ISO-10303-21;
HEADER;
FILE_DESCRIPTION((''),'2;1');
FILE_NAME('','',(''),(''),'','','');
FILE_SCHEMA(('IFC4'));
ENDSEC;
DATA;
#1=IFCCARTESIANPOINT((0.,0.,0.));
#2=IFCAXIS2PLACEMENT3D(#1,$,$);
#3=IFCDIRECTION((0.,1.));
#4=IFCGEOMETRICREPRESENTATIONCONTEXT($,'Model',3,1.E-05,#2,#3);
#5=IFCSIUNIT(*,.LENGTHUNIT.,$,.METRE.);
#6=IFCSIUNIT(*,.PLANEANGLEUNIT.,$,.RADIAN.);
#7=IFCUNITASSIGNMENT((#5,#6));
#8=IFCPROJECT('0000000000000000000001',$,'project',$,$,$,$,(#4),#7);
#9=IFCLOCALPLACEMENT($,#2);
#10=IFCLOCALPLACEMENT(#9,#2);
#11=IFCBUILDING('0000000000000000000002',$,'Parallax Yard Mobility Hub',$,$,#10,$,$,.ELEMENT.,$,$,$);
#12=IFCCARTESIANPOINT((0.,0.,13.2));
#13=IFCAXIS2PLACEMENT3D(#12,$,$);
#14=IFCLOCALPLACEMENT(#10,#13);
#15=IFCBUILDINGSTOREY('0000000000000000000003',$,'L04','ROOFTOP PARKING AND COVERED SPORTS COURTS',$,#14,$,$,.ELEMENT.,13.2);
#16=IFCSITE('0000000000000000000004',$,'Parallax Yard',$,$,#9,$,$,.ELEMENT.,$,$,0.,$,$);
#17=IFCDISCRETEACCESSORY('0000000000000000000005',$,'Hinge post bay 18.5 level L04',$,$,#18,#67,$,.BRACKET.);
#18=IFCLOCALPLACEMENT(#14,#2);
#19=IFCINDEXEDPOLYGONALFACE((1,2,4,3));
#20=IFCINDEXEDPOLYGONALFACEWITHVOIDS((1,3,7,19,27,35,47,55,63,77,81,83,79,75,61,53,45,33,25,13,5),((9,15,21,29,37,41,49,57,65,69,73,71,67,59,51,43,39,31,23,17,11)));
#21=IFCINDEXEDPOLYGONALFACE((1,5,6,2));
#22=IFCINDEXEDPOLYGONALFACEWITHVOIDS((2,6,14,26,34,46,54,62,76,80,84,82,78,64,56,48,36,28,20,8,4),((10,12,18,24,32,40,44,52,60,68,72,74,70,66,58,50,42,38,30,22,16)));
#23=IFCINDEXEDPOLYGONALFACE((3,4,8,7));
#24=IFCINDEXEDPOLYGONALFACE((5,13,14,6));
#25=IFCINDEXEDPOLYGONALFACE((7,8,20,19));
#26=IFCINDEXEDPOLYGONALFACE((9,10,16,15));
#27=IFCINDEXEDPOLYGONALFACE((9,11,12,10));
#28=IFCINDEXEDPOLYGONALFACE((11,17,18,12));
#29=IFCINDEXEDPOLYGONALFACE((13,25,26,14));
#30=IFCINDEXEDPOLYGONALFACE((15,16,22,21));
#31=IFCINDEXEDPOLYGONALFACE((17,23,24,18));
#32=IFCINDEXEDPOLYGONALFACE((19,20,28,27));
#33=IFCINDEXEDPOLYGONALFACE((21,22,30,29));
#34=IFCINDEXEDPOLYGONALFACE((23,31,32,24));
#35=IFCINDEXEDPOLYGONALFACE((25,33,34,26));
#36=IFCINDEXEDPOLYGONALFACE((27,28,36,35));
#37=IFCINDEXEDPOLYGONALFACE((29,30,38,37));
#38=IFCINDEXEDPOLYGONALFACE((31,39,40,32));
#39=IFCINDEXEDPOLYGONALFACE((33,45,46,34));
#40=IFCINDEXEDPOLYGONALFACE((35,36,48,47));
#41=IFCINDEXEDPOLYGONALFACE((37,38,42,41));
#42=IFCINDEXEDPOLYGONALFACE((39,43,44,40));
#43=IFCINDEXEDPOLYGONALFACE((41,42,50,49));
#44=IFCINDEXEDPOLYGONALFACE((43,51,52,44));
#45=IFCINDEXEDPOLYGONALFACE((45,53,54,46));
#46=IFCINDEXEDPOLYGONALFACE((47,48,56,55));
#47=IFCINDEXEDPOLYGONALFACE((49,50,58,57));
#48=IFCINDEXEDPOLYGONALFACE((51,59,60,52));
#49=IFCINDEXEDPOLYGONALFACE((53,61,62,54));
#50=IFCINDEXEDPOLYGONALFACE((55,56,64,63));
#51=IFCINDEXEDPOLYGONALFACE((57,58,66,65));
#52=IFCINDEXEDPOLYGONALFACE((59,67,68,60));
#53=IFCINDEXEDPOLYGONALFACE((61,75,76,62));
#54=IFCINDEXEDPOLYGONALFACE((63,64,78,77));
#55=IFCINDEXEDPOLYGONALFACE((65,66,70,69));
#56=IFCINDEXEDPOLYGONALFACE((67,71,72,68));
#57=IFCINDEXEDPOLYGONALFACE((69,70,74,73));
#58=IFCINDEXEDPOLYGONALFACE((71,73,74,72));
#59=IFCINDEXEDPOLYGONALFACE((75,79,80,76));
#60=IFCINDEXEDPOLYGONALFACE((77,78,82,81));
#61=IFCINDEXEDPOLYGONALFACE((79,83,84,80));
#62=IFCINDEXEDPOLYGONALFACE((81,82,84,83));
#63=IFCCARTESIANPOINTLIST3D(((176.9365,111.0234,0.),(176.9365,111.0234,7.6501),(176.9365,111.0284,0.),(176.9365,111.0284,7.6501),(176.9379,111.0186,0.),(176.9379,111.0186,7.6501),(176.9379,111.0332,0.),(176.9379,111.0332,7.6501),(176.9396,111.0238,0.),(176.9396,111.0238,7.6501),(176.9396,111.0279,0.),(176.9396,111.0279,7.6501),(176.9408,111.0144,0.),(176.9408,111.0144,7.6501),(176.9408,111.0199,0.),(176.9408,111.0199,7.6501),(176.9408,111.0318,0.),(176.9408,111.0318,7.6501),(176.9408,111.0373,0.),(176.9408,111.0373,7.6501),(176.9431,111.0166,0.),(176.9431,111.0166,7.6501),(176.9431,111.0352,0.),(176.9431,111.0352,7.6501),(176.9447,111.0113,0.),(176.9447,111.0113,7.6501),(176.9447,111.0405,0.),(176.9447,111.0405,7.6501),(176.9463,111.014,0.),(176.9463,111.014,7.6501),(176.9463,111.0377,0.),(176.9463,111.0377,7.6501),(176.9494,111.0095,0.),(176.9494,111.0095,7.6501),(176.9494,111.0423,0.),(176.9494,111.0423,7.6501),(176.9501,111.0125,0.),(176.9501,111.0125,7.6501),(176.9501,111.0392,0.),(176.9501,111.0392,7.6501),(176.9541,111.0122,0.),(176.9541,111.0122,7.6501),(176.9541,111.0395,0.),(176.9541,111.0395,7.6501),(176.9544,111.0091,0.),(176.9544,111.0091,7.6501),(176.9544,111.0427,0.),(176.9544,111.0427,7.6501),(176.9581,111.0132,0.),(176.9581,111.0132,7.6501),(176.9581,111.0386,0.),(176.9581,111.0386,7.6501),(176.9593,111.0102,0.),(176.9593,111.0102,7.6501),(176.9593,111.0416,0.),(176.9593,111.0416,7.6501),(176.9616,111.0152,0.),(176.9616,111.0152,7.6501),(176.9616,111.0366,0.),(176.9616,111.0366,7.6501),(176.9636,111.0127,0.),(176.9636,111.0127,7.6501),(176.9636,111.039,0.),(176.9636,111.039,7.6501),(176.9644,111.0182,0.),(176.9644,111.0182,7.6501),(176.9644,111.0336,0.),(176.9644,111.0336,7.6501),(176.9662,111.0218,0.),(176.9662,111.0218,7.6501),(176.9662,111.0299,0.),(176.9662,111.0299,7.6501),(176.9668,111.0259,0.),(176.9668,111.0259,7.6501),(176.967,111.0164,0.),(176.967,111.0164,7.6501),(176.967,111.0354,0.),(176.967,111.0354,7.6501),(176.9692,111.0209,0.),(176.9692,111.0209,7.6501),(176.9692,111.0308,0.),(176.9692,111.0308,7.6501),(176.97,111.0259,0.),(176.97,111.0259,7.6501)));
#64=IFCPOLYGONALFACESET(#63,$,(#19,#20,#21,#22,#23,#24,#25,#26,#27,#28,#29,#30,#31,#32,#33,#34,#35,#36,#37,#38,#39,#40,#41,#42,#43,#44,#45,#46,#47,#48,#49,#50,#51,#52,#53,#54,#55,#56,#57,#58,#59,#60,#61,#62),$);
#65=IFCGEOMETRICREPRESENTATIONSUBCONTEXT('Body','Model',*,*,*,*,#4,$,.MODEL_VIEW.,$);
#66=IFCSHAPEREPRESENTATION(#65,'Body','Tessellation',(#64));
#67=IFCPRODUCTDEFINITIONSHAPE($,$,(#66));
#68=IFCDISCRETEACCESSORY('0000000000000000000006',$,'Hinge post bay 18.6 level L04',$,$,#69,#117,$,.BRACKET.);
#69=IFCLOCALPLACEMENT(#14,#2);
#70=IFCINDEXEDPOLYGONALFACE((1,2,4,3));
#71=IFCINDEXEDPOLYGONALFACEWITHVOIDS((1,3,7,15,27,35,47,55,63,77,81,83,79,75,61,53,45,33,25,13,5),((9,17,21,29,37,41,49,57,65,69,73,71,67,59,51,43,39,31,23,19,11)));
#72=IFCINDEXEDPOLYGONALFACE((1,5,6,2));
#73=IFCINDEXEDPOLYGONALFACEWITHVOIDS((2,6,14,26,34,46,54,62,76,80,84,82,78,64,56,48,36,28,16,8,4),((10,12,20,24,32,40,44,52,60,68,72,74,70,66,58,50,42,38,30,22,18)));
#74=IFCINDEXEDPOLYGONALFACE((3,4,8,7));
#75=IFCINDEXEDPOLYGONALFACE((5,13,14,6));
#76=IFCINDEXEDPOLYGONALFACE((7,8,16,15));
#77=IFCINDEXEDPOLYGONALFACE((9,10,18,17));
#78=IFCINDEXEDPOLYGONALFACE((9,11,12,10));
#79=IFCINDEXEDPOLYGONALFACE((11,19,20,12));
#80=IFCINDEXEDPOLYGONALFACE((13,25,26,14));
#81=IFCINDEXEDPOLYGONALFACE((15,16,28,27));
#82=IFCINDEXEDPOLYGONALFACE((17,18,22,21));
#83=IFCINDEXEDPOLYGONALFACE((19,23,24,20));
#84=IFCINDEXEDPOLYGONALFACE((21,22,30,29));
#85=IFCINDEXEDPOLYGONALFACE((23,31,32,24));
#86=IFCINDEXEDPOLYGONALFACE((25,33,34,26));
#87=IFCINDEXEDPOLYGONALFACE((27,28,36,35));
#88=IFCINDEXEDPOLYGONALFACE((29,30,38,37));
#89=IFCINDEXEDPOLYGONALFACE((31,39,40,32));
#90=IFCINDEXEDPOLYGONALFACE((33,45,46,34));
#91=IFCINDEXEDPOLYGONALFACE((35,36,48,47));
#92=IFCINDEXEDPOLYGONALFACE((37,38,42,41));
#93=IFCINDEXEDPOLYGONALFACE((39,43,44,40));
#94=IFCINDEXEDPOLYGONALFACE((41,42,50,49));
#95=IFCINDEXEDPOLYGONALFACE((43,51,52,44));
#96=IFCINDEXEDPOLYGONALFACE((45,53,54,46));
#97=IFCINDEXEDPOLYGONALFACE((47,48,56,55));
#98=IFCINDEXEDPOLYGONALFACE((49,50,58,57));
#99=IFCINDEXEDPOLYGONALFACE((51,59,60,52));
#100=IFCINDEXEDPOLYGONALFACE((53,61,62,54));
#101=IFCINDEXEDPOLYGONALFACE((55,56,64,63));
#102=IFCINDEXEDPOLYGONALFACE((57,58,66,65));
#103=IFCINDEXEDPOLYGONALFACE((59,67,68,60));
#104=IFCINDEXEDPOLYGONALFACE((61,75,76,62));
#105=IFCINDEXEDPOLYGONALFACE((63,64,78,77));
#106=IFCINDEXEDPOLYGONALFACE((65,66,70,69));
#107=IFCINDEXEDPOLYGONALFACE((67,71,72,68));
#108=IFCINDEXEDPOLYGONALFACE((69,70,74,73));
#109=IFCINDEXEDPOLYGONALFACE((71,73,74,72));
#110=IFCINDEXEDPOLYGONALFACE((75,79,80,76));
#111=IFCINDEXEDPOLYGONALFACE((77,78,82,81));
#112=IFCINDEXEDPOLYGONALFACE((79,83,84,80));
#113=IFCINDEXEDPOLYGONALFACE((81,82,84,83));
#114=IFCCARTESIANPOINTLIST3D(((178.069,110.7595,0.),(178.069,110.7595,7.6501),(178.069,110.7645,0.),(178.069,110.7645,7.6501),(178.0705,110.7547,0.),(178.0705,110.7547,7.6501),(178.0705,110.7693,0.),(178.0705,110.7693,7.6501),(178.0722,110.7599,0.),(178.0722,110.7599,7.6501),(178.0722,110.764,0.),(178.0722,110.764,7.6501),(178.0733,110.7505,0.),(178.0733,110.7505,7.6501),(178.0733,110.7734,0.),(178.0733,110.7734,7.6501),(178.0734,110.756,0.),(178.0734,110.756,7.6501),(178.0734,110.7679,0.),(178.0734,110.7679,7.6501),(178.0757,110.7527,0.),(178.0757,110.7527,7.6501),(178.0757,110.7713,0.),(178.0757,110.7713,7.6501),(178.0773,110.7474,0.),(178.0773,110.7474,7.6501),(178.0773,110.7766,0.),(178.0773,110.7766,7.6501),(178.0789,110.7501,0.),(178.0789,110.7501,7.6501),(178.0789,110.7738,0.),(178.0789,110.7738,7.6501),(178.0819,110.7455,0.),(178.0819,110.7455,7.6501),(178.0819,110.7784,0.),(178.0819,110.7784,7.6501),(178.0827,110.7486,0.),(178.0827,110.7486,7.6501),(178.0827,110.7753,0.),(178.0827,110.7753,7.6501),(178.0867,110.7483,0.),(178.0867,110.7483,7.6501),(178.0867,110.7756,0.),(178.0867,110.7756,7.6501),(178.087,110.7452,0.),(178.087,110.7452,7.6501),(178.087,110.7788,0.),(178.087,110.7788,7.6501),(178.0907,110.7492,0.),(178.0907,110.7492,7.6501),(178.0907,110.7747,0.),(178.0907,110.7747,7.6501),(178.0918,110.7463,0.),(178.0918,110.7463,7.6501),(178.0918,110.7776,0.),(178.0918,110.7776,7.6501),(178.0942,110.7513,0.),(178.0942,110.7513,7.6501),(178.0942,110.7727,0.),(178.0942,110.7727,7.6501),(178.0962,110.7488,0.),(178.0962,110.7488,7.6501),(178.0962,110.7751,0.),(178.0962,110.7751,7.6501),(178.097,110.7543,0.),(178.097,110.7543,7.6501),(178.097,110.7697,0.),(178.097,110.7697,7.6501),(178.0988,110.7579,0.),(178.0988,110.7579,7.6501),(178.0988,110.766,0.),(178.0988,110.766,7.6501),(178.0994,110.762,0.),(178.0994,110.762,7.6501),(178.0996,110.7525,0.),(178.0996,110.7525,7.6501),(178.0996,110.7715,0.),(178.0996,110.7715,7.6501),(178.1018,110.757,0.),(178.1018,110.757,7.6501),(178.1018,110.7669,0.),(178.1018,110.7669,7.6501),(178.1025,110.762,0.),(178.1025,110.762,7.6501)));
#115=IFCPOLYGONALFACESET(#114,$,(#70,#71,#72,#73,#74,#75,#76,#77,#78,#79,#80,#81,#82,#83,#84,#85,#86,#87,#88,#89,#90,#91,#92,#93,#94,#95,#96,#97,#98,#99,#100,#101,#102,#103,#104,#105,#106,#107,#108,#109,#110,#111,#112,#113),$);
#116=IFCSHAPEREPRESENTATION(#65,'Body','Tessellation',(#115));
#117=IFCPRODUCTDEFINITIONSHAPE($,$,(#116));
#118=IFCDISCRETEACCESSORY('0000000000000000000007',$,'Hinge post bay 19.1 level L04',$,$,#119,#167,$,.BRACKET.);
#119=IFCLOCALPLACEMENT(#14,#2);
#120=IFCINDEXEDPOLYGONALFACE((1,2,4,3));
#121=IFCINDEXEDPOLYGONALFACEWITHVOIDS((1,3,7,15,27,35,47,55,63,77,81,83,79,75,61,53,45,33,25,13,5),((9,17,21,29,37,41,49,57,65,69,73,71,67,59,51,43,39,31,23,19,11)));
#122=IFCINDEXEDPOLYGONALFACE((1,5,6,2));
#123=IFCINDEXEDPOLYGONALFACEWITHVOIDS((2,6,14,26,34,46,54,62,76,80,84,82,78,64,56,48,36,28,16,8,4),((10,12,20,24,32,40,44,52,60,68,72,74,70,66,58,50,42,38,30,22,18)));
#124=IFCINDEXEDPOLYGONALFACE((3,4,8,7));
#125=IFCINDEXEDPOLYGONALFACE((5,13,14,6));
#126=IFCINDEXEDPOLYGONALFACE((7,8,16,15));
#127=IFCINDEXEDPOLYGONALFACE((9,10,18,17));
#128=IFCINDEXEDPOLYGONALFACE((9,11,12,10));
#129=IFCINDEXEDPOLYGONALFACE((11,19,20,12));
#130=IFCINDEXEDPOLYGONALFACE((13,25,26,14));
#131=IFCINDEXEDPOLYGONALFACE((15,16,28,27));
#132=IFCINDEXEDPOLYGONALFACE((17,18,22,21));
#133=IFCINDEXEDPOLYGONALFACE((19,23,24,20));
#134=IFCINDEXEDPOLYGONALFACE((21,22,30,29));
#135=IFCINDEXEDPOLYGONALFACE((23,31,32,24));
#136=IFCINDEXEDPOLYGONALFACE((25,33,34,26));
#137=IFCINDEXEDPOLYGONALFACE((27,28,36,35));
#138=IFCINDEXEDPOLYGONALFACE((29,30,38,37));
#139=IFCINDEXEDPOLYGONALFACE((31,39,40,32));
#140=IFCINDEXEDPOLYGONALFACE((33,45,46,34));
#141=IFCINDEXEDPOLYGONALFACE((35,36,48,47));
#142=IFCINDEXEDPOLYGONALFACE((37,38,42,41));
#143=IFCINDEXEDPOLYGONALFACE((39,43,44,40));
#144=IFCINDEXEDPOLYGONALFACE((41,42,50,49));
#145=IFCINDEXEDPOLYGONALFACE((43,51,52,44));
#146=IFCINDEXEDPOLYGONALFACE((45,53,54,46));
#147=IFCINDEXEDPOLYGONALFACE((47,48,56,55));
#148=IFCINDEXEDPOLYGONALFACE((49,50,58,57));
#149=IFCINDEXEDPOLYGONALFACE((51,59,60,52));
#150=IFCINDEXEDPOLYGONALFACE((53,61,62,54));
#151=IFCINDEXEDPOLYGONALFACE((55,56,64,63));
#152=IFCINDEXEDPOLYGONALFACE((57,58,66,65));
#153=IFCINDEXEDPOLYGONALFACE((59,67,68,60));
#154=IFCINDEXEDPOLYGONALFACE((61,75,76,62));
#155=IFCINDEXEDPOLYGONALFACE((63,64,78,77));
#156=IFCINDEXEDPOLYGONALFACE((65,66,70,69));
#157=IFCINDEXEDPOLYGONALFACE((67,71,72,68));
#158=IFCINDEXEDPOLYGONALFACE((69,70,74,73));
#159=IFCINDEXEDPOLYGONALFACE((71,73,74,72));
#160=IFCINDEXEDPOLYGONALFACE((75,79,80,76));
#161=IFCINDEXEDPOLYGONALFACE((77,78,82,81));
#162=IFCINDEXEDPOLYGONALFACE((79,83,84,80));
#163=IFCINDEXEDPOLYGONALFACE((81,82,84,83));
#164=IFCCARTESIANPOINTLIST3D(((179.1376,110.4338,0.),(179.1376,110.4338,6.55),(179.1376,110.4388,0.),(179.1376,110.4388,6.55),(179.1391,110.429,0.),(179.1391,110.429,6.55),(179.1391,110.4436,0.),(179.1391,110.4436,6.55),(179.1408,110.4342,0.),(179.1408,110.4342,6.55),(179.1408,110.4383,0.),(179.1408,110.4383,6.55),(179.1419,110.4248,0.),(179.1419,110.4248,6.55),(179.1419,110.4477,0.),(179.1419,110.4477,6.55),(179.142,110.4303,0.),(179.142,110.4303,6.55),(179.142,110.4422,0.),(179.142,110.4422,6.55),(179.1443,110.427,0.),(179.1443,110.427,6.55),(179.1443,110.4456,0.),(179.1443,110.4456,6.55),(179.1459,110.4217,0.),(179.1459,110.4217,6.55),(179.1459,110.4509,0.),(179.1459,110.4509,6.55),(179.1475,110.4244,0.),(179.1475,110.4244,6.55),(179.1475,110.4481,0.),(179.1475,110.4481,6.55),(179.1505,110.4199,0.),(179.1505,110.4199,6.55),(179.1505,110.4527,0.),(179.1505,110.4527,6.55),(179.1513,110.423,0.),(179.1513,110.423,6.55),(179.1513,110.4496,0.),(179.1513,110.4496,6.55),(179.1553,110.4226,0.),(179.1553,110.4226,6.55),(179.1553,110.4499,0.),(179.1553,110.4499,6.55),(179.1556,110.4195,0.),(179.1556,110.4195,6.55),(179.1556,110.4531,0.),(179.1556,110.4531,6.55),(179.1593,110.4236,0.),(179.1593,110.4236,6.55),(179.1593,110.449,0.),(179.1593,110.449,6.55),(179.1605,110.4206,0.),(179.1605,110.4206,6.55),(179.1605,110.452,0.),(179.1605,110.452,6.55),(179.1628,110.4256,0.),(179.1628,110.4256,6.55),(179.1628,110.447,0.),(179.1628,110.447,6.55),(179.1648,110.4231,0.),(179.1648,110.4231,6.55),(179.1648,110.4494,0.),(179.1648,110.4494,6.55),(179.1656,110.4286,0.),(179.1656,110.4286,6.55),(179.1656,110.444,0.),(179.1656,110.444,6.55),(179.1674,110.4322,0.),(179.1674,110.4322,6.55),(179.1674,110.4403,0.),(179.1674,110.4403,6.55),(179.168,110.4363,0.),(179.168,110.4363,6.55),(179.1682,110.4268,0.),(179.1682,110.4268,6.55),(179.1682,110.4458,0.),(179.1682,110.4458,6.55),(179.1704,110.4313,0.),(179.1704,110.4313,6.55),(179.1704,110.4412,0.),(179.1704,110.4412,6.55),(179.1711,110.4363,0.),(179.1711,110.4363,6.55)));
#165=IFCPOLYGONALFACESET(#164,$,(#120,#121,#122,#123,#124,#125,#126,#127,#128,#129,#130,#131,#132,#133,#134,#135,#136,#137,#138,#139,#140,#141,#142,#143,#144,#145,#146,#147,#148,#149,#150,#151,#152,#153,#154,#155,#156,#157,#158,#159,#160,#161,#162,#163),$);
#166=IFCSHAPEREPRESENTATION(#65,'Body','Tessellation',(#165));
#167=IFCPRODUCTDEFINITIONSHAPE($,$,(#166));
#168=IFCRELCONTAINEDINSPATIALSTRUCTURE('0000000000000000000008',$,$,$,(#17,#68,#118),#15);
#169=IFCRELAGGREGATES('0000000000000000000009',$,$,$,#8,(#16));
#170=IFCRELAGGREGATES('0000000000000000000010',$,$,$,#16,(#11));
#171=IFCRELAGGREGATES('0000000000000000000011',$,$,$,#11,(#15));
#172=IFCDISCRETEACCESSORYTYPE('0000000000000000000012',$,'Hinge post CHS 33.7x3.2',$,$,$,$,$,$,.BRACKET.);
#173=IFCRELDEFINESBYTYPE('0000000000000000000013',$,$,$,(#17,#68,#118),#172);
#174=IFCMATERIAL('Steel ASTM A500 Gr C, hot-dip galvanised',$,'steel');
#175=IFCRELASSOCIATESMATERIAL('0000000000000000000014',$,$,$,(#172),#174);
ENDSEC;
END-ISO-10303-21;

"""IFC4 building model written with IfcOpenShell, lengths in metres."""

from ifc_helpers import new_model, si_unit, direction, frame, origin, origin_2d, place, context, subcontext, project, spatial, hollow_circle, extrude, material, material_profile, profile_set, type_object, element, save


model = new_model("IFC4")

# Units and contexts
model_context = context("Model", 3, precision=1e-05, world=origin(), true_north=direction((0.0, 1.0)))
body_context = subcontext(model_context, "Body", "Model", "MODEL_VIEW")
ifc_project = project(units=[si_unit("LENGTHUNIT", "METRE"), si_unit("PLANEANGLEUNIT", "RADIAN")], contexts=[model_context])

# Site, building, storey
site_placement = place(None, origin())
site = spatial("IfcSite", under=ifc_project, at=site_placement, Name="Parallax Yard", CompositionType="ELEMENT", RefElevation=0.0)
building_placement = place(site_placement, origin())
building = spatial("IfcBuilding", under=site, at=building_placement, Name="Parallax Yard Mobility Hub", CompositionType="ELEMENT")
storey_placement = place(building_placement, frame((0.0, 0.0, 13.2)))
storey = spatial("IfcBuildingStorey", under=building, at=storey_placement, Name="L04", Description="ROOFTOP PARKING AND COVERED SPORTS COURTS", CompositionType="ELEMENT", Elevation=13.2)

# Discrete accessories
ifc_material_1 = material(Name="Steel ASTM A500 Gr C, hot-dip galvanised", Category="steel")
ifc_material_profile = material_profile(ifc_material_1, hollow_circle(Radius=0.0168, WallThickness=0.0032, at=origin_2d()), Name="CHS 33.7x3.2")
ifc_profile_set = profile_set([ifc_material_profile], Name="Steel ASTM A500 Gr C, hot-dip galvanised")
discrete_accessory_type_1 = type_object("IfcDiscreteAccessoryType", Name="Hinge post CHS 33.7x3.2", PredefinedType="BRACKET", material=ifc_profile_set)
for number, where, z_axis, x_axis, name in (
    (1, (176.9531, 111.0259, 0.0), (0.0, 0.0, 1.0), (1.0, 0.0, 0.0), "Hinge post bay 18.5 level L04"),
    (2, (178.0857, 110.762, 0.0), (0.0, 0.0, 1.0), (1.0, 0.0, 0.0), "Hinge post bay 18.6 level L04"),
):
    element("IfcDiscreteAccessory", number, at=place(storey_placement, frame(where, z_axis=z_axis, x_axis=x_axis)), inside=storey, type_object=discrete_accessory_type_1, Name=name, PredefinedType="BRACKET", context=body_context, shape_type="SweptSolid", body=[
        extrude(hollow_circle(Radius=0.0168, WallThickness=0.0032, at=origin_2d()), origin(), (0.0, 0.0, 1.0), 7.6501),
    ])
discrete_accessory_1_placement = place(storey_placement, frame((179.1543, 110.4363, 0.0), z_axis=(0.0, 0.0, 1.0), x_axis=(1.0, 0.0, 0.0)))
element("IfcDiscreteAccessory", 3, at=discrete_accessory_1_placement, inside=storey, type_object=discrete_accessory_type_1, Name="Hinge post bay 19.1 level L04", PredefinedType="BRACKET", context=body_context, shape_type="SweptSolid", body=[
    extrude(hollow_circle(Radius=0.0168, WallThickness=0.0032, at=origin_2d()), origin(), (0.0, 0.0, 1.0), 6.55),
])

save(model, "model.ifc")
